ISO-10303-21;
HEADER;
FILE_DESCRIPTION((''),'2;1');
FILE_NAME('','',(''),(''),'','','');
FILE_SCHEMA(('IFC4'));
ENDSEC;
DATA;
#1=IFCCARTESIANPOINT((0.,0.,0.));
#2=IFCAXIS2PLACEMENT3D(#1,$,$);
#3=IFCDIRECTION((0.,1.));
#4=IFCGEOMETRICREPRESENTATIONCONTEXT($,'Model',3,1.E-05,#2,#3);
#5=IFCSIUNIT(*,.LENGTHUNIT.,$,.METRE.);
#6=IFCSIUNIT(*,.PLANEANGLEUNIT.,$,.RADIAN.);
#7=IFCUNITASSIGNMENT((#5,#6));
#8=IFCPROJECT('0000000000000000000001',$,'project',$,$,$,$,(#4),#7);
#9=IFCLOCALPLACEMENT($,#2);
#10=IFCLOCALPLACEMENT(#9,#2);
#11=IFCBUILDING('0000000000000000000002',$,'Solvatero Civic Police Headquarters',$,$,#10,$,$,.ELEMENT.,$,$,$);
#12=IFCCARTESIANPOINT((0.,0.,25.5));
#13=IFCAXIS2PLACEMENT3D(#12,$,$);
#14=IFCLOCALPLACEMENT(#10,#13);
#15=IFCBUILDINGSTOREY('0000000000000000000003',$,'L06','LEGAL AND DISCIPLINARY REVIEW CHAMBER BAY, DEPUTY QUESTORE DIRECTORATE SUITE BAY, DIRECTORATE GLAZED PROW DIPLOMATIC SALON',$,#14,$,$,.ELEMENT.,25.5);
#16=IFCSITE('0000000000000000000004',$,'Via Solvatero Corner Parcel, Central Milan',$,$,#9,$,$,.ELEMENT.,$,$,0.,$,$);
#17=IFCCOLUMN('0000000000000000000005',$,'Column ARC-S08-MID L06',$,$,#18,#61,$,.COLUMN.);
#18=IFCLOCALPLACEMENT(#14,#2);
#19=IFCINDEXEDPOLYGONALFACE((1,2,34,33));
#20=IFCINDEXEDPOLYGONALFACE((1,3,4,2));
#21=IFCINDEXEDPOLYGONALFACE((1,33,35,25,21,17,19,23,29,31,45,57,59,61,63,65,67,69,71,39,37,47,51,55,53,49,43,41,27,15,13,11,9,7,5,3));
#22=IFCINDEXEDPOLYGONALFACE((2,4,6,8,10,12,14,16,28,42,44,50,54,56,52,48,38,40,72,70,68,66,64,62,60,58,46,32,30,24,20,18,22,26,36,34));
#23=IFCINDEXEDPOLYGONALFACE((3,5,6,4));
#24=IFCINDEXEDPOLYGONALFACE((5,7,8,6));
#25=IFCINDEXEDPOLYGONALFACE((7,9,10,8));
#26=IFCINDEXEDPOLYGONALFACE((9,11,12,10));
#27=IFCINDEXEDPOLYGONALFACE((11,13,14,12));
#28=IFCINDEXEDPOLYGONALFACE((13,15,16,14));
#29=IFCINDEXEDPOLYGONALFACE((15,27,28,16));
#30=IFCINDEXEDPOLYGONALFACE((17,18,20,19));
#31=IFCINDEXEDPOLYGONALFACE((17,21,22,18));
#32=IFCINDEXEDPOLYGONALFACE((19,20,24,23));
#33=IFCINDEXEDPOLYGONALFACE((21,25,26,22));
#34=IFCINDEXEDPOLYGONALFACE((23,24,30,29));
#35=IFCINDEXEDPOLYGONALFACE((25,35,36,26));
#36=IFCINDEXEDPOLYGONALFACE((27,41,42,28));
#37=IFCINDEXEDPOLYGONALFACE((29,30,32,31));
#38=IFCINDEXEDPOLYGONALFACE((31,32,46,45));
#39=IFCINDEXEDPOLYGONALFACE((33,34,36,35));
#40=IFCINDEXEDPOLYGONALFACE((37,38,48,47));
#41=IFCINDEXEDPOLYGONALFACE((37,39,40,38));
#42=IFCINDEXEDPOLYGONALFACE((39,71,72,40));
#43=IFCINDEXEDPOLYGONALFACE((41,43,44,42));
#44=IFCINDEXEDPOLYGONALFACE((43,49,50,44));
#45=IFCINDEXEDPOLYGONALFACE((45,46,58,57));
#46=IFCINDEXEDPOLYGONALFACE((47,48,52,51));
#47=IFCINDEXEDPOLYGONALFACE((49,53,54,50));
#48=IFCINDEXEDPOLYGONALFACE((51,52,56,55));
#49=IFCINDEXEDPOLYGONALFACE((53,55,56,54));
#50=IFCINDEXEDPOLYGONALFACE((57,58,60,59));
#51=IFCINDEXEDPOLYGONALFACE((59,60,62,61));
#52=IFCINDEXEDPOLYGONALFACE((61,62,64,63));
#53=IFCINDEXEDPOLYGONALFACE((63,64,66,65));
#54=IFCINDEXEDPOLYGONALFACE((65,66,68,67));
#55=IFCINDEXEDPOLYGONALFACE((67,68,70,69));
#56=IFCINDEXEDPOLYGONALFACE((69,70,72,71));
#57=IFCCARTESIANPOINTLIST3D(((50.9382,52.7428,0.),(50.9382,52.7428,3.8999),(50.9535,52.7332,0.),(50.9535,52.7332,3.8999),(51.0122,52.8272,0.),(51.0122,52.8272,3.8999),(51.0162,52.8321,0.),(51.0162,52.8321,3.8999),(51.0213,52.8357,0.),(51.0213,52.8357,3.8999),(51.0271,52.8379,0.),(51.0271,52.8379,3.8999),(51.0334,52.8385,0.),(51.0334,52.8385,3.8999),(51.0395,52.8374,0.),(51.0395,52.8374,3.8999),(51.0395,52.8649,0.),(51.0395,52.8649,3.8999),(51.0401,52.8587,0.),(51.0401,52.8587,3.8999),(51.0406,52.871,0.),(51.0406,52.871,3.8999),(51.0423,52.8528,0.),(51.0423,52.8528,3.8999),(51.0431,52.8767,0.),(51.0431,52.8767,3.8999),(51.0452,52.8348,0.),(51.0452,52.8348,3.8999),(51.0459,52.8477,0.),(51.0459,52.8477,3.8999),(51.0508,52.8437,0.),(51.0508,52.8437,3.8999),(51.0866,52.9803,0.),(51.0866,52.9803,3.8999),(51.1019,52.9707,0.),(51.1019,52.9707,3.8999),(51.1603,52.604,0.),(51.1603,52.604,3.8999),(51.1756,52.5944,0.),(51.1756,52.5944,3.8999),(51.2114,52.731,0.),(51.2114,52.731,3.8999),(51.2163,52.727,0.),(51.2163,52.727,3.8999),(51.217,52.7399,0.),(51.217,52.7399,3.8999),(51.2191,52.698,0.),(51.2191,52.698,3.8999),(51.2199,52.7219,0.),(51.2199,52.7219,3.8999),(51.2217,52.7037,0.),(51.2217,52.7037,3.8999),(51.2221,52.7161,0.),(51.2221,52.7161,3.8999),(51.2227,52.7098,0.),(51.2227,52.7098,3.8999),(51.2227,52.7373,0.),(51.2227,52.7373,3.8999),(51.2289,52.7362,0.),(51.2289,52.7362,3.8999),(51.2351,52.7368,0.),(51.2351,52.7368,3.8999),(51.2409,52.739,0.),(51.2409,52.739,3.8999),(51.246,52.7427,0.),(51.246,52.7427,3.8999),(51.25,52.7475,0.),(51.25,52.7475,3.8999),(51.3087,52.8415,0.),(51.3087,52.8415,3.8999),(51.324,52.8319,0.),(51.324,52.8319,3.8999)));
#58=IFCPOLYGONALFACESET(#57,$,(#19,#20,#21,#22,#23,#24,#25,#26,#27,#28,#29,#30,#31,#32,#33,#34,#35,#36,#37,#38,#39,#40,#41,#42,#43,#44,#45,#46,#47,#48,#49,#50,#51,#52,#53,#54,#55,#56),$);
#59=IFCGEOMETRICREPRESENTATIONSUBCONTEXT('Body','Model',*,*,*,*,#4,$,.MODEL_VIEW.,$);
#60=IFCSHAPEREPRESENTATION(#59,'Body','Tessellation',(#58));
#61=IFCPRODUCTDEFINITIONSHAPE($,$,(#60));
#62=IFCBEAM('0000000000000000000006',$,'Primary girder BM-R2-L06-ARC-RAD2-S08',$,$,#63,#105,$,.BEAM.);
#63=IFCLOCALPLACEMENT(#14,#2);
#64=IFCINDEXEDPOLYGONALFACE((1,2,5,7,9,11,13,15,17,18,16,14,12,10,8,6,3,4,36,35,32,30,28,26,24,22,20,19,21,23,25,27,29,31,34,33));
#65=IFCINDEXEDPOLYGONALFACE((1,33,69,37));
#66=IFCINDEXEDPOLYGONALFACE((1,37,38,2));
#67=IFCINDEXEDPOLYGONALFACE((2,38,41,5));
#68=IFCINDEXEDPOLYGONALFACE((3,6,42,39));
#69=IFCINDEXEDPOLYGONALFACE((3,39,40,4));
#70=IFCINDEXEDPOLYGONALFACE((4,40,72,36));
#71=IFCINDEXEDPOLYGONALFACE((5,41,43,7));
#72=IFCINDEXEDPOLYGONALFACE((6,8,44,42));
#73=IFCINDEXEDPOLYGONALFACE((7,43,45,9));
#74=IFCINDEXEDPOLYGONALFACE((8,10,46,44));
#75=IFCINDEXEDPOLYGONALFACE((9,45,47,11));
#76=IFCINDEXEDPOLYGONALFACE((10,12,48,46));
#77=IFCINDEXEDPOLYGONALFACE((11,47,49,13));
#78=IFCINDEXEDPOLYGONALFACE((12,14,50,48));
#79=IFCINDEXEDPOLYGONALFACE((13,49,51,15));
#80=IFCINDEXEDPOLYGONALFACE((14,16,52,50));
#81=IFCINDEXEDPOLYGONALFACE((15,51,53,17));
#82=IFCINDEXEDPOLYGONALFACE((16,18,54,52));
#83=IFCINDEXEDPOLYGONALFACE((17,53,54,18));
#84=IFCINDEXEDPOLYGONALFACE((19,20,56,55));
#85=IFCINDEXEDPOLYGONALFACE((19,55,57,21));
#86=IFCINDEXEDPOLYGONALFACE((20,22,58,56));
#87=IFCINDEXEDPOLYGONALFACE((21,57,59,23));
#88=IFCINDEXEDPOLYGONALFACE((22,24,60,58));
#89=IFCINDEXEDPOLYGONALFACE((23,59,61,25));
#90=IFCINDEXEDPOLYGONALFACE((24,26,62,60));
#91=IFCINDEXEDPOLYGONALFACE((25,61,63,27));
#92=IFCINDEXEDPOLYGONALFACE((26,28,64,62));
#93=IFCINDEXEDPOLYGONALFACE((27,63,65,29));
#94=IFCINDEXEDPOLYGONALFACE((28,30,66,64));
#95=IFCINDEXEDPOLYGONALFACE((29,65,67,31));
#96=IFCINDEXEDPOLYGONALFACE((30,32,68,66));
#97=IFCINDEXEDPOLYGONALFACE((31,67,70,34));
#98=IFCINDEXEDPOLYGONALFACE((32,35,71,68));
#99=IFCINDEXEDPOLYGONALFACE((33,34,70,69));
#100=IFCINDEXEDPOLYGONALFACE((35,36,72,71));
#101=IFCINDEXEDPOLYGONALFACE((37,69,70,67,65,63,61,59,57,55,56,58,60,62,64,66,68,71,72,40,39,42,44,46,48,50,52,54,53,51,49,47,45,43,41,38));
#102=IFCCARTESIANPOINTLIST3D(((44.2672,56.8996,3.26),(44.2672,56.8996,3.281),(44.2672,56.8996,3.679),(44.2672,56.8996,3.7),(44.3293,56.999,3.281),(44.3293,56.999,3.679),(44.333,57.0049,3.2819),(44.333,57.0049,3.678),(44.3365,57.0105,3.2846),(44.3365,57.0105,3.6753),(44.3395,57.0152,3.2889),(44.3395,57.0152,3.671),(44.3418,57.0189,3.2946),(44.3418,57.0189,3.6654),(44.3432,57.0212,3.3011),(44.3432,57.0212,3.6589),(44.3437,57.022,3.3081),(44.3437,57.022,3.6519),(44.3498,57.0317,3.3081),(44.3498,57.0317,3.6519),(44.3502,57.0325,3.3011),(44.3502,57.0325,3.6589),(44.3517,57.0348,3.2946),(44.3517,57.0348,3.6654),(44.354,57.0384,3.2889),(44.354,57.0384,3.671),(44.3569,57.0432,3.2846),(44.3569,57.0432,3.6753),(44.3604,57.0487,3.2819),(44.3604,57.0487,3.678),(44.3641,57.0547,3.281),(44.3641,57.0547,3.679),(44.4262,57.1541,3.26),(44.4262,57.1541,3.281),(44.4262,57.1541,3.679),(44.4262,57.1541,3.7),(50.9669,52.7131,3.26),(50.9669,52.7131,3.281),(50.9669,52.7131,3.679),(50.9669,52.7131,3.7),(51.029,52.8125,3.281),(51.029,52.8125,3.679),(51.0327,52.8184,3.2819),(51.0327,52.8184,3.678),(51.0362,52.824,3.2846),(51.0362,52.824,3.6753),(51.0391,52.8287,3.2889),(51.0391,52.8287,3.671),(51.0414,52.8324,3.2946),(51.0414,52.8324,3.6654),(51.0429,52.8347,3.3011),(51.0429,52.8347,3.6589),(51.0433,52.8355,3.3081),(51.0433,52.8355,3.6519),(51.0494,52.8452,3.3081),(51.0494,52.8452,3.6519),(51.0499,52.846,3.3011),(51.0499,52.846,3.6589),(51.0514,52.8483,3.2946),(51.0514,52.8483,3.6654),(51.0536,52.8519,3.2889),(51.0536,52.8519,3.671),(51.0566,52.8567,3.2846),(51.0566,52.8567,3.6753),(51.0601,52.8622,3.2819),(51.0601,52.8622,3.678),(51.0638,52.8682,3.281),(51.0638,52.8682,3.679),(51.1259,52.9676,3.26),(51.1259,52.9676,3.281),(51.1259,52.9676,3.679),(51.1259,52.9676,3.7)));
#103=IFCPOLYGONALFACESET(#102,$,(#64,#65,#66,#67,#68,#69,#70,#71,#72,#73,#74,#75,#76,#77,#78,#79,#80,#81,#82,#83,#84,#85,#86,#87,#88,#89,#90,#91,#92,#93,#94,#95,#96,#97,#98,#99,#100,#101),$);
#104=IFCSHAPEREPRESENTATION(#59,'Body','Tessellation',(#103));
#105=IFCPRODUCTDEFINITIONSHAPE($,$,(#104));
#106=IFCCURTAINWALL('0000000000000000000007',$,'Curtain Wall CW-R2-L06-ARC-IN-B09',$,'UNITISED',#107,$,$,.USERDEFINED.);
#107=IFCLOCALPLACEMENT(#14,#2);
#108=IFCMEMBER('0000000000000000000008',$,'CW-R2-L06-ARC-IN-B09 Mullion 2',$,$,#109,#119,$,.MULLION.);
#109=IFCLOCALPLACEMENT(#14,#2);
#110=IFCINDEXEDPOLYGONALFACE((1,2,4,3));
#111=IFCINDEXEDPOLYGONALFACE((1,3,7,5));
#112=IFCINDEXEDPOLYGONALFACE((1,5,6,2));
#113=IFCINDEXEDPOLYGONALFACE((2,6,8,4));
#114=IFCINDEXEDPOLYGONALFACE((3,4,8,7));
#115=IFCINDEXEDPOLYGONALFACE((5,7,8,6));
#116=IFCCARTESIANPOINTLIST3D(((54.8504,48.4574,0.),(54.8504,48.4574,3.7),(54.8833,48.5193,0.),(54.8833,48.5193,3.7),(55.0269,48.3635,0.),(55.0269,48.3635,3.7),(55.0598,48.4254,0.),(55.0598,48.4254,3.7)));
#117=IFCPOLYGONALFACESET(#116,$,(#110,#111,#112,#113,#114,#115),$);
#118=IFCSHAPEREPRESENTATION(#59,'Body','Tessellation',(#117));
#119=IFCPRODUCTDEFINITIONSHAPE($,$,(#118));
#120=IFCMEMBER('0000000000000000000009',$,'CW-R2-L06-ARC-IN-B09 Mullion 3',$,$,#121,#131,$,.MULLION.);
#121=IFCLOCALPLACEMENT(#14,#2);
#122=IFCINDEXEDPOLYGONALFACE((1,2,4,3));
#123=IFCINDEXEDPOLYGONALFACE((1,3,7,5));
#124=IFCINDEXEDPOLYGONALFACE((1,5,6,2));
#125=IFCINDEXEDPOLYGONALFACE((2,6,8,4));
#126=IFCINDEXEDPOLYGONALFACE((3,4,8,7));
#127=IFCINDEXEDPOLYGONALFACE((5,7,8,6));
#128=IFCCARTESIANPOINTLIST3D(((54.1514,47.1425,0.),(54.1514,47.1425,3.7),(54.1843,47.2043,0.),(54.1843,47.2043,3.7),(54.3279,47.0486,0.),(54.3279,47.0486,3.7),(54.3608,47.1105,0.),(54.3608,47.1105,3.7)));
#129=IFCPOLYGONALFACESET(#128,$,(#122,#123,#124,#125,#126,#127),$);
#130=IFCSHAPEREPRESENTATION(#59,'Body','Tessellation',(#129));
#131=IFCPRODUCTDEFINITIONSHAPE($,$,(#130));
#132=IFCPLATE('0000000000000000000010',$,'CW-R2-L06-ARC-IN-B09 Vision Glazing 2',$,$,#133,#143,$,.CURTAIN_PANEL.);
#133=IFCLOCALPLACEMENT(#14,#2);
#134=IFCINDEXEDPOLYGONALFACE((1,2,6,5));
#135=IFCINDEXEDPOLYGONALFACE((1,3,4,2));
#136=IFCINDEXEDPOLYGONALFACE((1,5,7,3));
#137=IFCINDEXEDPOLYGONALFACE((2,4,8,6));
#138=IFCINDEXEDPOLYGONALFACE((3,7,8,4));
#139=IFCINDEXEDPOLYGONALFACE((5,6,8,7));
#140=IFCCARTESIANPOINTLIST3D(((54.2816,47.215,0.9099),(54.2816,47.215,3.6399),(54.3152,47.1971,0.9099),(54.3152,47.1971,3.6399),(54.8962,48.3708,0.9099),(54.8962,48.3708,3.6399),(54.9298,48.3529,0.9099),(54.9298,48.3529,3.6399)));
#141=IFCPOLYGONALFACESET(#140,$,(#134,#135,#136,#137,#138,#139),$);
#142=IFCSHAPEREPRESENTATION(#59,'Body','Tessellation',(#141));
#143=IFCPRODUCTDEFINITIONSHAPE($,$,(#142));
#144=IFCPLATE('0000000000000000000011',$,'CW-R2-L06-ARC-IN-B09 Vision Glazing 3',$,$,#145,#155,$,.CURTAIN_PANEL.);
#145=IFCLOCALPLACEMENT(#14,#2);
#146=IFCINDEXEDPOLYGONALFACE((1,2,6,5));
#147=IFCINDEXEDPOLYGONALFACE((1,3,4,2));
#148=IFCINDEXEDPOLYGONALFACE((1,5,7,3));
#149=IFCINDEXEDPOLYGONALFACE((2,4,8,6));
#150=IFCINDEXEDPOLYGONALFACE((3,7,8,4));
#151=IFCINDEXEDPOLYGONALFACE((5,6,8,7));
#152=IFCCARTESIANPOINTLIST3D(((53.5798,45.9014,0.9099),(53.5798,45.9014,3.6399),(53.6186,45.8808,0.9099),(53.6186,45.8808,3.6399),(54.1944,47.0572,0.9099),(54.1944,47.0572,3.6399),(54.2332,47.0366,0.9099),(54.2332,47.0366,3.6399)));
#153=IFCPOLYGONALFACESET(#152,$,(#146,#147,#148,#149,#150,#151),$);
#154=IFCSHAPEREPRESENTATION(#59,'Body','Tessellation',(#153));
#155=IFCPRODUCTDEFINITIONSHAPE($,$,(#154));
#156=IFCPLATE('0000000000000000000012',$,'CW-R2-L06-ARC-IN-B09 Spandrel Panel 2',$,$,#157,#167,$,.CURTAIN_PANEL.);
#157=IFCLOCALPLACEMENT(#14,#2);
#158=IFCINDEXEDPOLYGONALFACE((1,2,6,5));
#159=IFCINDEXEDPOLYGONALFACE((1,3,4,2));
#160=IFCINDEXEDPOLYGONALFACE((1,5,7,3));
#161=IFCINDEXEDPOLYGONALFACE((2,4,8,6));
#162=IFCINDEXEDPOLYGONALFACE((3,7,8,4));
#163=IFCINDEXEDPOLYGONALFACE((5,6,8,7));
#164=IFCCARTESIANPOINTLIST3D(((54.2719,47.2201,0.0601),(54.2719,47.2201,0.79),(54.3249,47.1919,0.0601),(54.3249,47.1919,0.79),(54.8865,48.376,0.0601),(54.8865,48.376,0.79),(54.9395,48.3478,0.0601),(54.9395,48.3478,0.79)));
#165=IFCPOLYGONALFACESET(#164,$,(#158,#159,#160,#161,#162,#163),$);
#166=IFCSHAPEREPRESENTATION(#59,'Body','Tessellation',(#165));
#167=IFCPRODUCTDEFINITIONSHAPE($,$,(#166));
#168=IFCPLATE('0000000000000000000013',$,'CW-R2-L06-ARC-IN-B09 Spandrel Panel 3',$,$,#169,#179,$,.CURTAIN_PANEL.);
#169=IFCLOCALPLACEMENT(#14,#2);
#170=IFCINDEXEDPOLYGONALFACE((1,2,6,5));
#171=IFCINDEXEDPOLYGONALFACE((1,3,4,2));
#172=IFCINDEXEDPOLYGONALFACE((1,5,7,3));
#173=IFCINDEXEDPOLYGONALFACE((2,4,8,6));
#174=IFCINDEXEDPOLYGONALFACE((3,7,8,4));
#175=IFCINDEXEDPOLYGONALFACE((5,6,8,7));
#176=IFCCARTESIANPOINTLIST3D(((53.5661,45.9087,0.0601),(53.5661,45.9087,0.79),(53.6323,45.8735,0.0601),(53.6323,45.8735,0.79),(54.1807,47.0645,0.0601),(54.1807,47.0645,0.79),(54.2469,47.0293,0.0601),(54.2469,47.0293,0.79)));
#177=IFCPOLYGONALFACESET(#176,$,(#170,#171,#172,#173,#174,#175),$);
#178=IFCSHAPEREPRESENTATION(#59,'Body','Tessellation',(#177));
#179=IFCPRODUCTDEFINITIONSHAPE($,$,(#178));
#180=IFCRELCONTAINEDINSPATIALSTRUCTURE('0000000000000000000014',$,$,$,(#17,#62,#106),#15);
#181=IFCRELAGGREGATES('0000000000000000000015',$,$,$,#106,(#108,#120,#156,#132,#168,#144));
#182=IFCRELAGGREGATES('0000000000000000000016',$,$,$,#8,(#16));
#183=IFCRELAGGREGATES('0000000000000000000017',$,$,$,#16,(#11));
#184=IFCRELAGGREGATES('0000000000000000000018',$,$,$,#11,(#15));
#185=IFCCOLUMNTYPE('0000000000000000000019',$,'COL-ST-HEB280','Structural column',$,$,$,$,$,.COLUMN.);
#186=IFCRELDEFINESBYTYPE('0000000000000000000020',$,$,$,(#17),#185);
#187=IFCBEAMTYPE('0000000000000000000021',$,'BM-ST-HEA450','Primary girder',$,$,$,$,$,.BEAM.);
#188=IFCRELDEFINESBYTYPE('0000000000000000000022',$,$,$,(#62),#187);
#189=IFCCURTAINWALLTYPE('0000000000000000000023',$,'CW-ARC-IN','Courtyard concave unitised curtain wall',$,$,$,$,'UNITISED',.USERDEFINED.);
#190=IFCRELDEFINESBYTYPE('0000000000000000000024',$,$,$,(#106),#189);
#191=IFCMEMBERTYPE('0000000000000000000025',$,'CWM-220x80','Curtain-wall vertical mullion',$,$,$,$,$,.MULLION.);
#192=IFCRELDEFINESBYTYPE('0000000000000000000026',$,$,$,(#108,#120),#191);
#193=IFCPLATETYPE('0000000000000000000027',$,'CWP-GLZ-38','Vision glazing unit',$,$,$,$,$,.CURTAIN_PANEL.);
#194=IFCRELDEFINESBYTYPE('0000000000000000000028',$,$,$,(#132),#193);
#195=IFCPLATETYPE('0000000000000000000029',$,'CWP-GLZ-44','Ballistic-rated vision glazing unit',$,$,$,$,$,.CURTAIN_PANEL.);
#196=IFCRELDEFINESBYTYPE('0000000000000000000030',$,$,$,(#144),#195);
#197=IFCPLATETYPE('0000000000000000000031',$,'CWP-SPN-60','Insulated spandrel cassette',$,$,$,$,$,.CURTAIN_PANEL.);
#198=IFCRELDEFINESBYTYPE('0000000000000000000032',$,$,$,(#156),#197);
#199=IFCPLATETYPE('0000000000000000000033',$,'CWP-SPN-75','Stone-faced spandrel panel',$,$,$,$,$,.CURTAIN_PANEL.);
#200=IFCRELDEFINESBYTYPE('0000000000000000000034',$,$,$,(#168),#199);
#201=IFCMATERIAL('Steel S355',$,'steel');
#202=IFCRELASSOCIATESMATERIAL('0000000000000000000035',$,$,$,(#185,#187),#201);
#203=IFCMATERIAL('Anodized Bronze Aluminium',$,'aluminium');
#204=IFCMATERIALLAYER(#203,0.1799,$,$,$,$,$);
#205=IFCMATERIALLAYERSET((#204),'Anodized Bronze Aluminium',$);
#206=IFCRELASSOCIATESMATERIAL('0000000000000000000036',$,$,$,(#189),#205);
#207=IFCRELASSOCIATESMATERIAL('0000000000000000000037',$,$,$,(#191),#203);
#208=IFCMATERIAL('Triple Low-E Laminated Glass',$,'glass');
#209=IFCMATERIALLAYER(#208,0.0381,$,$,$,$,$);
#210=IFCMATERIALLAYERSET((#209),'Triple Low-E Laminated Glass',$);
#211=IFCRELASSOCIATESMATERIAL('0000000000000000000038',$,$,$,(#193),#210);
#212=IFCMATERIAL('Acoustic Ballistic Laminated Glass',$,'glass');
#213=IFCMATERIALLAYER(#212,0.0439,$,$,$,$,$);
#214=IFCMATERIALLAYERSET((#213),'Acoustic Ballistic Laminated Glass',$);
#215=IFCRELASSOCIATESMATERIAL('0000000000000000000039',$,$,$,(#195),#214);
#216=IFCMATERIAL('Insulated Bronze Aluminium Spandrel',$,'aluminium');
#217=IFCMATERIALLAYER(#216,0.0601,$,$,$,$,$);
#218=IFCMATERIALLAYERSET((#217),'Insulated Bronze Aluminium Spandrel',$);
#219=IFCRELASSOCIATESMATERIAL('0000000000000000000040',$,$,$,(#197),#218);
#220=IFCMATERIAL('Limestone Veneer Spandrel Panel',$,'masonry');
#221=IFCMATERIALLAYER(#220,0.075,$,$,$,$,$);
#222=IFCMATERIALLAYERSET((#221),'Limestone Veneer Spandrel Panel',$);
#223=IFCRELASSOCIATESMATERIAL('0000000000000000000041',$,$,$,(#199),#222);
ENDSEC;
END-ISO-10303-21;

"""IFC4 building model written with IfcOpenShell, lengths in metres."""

from ifc_helpers import new_model, si_unit, direction, frame, origin, origin_2d, place, context, subcontext, project, spatial, rectangle, i_section, extrude, material, layer, layer_set, material_profile, profile_set, type_object, element, aggregate, save


model = new_model("IFC4")

# Units and contexts
model_context = context("Model", 3, precision=1e-05, world=origin(), true_north=direction((0.0, 1.0)))
body_context = subcontext(model_context, "Body", "Model", "MODEL_VIEW")
ifc_project = project(units=[si_unit("LENGTHUNIT", "METRE"), si_unit("PLANEANGLEUNIT", "RADIAN")], contexts=[model_context])

# Site, building, storey
site_placement = place(None, origin())
site = spatial("IfcSite", under=ifc_project, at=site_placement, Name="Via Solvatero Corner Parcel, Central Milan", CompositionType="ELEMENT", RefElevation=0.0)
building_placement = place(site_placement, origin())
building = spatial("IfcBuilding", under=site, at=building_placement, Name="Solvatero Civic Police Headquarters", CompositionType="ELEMENT")
storey_placement = place(building_placement, frame((0.0, 0.0, 25.5)))
storey = spatial("IfcBuildingStorey", under=building, at=storey_placement, Name="L06", Description="LEGAL AND DISCIPLINARY REVIEW CHAMBER BAY, DEPUTY QUESTORE DIRECTORATE SUITE BAY, DIRECTORATE GLAZED PROW DIPLOMATIC SALON", CompositionType="ELEMENT", Elevation=25.5)

# Column
ifc_material_1 = material(Name="Steel S355", Category="steel")
ifc_material_profile_1 = material_profile(ifc_material_1, i_section(OverallWidth=0.28, OverallDepth=0.28, WebThickness=0.0105, FlangeThickness=0.0181, FilletRadius=0.0239, at=origin_2d()), Name="HEB 280")
ifc_profile_set_1 = profile_set([ifc_material_profile_1], Name="Steel S355")
column_type = type_object("IfcColumnType", Name="COL-ST-HEB280", Description="Structural column", PredefinedType="COLUMN", material=ifc_profile_set_1)
column_placement = place(storey_placement, frame((51.1311, 52.7874, 0.0), z_axis=(0.0, 0.0, 1.0), x_axis=(0.529919, 0.848048, 0.0)))
element("IfcColumn", 1, at=column_placement, inside=storey, type_object=column_type, Name="Column ARC-S08-MID L06", PredefinedType="COLUMN", context=body_context, shape_type="SweptSolid", body=[
    extrude(i_section(OverallWidth=0.28, OverallDepth=0.28, WebThickness=0.0105, FlangeThickness=0.0181, FilletRadius=0.0239, at=origin_2d()), origin(), (0.0, 0.0, 1.0), 3.8999),
])

# Beam
ifc_material_profile_2 = material_profile(ifc_material_1, i_section(OverallWidth=0.3, OverallDepth=0.4399, WebThickness=0.0115, FlangeThickness=0.021, FilletRadius=0.0271, at=origin_2d()), Name="HEA 450")
ifc_profile_set_2 = profile_set([ifc_material_profile_2], Name="Steel S355")
beam_type = type_object("IfcBeamType", Name="BM-ST-HEA450", Description="Primary girder", PredefinedType="BEAM", material=ifc_profile_set_2)
beam_placement = place(storey_placement, frame((51.0464, 52.8403, 3.48), z_axis=(-0.848043, 0.529927, 0.0), x_axis=(-0.529927, -0.848043, 0.0)))
element("IfcBeam", 2, at=beam_placement, inside=storey, type_object=beam_type, Name="Primary girder BM-R2-L06-ARC-RAD2-S08", PredefinedType="BEAM", context=body_context, shape_type="SweptSolid", body=[
    extrude(i_section(OverallWidth=0.3, OverallDepth=0.4399, WebThickness=0.0115, FlangeThickness=0.021, FilletRadius=0.0271, at=origin_2d()), origin(), (0.0, 0.0, 1.0), 7.9001),
])

# Curtain wall, members, plates
ifc_material_2 = material(Name="Anodized Bronze Aluminium", Category="aluminium")
ifc_layer_1 = layer(ifc_material_2, 0.1799)
ifc_layer_set_1 = layer_set([ifc_layer_1], Name="Anodized Bronze Aluminium")
curtain_wall_type = type_object("IfcCurtainWallType", Name="CW-ARC-IN", Description="Courtyard concave unitised curtain wall", ElementType="UNITISED", PredefinedType="USERDEFINED", material=ifc_layer_set_1)
curtain_wall_placement = place(storey_placement, origin())
curtain_wall = element("IfcCurtainWall", 3, at=curtain_wall_placement, inside=storey, type_object=curtain_wall_type, Name="Curtain Wall CW-R2-L06-ARC-IN-B09", ObjectType="UNITISED", PredefinedType="USERDEFINED")
ifc_material_profile_3 = material_profile(ifc_material_2, rectangle(XDim=0.0701, YDim=0.2, at=origin_2d()), Name="ALU MULLION 70x200")
ifc_profile_set_3 = profile_set([ifc_material_profile_3], Name="Anodized Bronze Aluminium")
member_type = type_object("IfcMemberType", Name="CWM-220x80", Description="Curtain-wall vertical mullion", PredefinedType="MULLION", material=ifc_profile_set_3)
member_1_placement = place(storey_placement, frame((54.9551, 48.4414, 0.0), z_axis=(0.0, 0.0, 1.0), x_axis=(-0.469487, -0.882939, 0.0)))
member_1 = element("IfcMember", 4, at=member_1_placement, type_object=member_type, Name="CW-R2-L06-ARC-IN-B09 Mullion 2", PredefinedType="MULLION", context=body_context, shape_type="SweptSolid", body=[
    extrude(rectangle(XDim=0.0701, YDim=0.2, at=origin_2d()), origin(), (0.0, 0.0, 1.0), 3.7),
])
member_2_placement = place(storey_placement, frame((54.2561, 47.1265, 0.0), z_axis=(0.0, 0.0, 1.0), x_axis=(-0.469487, -0.882939, 0.0)))
member_2 = element("IfcMember", 5, at=member_2_placement, type_object=member_type, Name="CW-R2-L06-ARC-IN-B09 Mullion 3", PredefinedType="MULLION", context=body_context, shape_type="SweptSolid", body=[
    extrude(rectangle(XDim=0.0701, YDim=0.2, at=origin_2d()), origin(), (0.0, 0.0, 1.0), 3.7),
])
ifc_material_3 = material(Name="Triple Low-E Laminated Glass", Category="glass")
ifc_layer_2 = layer(ifc_material_3, 0.0381)
ifc_layer_set_2 = layer_set([ifc_layer_2], Name="Triple Low-E Laminated Glass")
plate_type_1 = type_object("IfcPlateType", Name="CWP-GLZ-38", Description="Vision glazing unit", PredefinedType="CURTAIN_PANEL", material=ifc_layer_set_2)
plate_1_placement = place(storey_placement, frame((54.6057, 47.7839, 0.9099), z_axis=(0.0, 0.0, 1.0), x_axis=(-0.469487, -0.882939, 0.0)))
plate_1 = element("IfcPlate", 6, at=plate_1_placement, type_object=plate_type_1, Name="CW-R2-L06-ARC-IN-B09 Vision Glazing 2", PredefinedType="CURTAIN_PANEL", context=body_context, shape_type="SweptSolid", body=[
    extrude(rectangle(XDim=1.3091, YDim=0.0381, at=origin_2d()), origin(), (0.0, 0.0, 1.0), 2.73),
])
ifc_material_4 = material(Name="Acoustic Ballistic Laminated Glass", Category="glass")
ifc_layer_3 = layer(ifc_material_4, 0.0439)
ifc_layer_set_3 = layer_set([ifc_layer_3], Name="Acoustic Ballistic Laminated Glass")
plate_type_2 = type_object("IfcPlateType", Name="CWP-GLZ-44", Description="Ballistic-rated vision glazing unit", PredefinedType="CURTAIN_PANEL", material=ifc_layer_set_3)
plate_2_placement = place(storey_placement, frame((53.9065, 46.469, 0.9099), z_axis=(0.0, 0.0, 1.0), x_axis=(-0.469487, -0.882939, 0.0)))
plate_2 = element("IfcPlate", 7, at=plate_2_placement, type_object=plate_type_2, Name="CW-R2-L06-ARC-IN-B09 Vision Glazing 3", PredefinedType="CURTAIN_PANEL", context=body_context, shape_type="SweptSolid", body=[
    extrude(rectangle(XDim=1.3091, YDim=0.0439, at=origin_2d()), origin(), (0.0, 0.0, 1.0), 2.73),
])
ifc_material_5 = material(Name="Insulated Bronze Aluminium Spandrel", Category="aluminium")
ifc_layer_4 = layer(ifc_material_5, 0.0601)
ifc_layer_set_4 = layer_set([ifc_layer_4], Name="Insulated Bronze Aluminium Spandrel")
plate_type_3 = type_object("IfcPlateType", Name="CWP-SPN-60", Description="Insulated spandrel cassette", PredefinedType="CURTAIN_PANEL", material=ifc_layer_set_4)
plate_3_placement = place(storey_placement, frame((54.6057, 47.7839, 0.0601), z_axis=(0.0, 0.0, 1.0), x_axis=(-0.469487, -0.882939, 0.0)))
plate_3 = element("IfcPlate", 8, at=plate_3_placement, type_object=plate_type_3, Name="CW-R2-L06-ARC-IN-B09 Spandrel Panel 2", PredefinedType="CURTAIN_PANEL", context=body_context, shape_type="SweptSolid", body=[
    extrude(rectangle(XDim=1.3091, YDim=0.0601, at=origin_2d()), origin(), (0.0, 0.0, 1.0), 0.73),
])
ifc_material_6 = material(Name="Limestone Veneer Spandrel Panel", Category="masonry")
ifc_layer_5 = layer(ifc_material_6, 0.075)
ifc_layer_set_5 = layer_set([ifc_layer_5], Name="Limestone Veneer Spandrel Panel")
plate_type_4 = type_object("IfcPlateType", Name="CWP-SPN-75", Description="Stone-faced spandrel panel", PredefinedType="CURTAIN_PANEL", material=ifc_layer_set_5)
plate_4_placement = place(storey_placement, frame((53.9065, 46.469, 0.0601), z_axis=(0.0, 0.0, 1.0), x_axis=(-0.469487, -0.882939, 0.0)))
plate_4 = element("IfcPlate", 9, at=plate_4_placement, type_object=plate_type_4, Name="CW-R2-L06-ARC-IN-B09 Spandrel Panel 3", PredefinedType="CURTAIN_PANEL", context=body_context, shape_type="SweptSolid", body=[
    extrude(rectangle(XDim=1.3091, YDim=0.075, at=origin_2d()), origin(), (0.0, 0.0, 1.0), 0.73),
])
aggregate(curtain_wall, [member_1, member_2, plate_3, plate_1, plate_4, plate_2])

save(model, "model.ifc")
